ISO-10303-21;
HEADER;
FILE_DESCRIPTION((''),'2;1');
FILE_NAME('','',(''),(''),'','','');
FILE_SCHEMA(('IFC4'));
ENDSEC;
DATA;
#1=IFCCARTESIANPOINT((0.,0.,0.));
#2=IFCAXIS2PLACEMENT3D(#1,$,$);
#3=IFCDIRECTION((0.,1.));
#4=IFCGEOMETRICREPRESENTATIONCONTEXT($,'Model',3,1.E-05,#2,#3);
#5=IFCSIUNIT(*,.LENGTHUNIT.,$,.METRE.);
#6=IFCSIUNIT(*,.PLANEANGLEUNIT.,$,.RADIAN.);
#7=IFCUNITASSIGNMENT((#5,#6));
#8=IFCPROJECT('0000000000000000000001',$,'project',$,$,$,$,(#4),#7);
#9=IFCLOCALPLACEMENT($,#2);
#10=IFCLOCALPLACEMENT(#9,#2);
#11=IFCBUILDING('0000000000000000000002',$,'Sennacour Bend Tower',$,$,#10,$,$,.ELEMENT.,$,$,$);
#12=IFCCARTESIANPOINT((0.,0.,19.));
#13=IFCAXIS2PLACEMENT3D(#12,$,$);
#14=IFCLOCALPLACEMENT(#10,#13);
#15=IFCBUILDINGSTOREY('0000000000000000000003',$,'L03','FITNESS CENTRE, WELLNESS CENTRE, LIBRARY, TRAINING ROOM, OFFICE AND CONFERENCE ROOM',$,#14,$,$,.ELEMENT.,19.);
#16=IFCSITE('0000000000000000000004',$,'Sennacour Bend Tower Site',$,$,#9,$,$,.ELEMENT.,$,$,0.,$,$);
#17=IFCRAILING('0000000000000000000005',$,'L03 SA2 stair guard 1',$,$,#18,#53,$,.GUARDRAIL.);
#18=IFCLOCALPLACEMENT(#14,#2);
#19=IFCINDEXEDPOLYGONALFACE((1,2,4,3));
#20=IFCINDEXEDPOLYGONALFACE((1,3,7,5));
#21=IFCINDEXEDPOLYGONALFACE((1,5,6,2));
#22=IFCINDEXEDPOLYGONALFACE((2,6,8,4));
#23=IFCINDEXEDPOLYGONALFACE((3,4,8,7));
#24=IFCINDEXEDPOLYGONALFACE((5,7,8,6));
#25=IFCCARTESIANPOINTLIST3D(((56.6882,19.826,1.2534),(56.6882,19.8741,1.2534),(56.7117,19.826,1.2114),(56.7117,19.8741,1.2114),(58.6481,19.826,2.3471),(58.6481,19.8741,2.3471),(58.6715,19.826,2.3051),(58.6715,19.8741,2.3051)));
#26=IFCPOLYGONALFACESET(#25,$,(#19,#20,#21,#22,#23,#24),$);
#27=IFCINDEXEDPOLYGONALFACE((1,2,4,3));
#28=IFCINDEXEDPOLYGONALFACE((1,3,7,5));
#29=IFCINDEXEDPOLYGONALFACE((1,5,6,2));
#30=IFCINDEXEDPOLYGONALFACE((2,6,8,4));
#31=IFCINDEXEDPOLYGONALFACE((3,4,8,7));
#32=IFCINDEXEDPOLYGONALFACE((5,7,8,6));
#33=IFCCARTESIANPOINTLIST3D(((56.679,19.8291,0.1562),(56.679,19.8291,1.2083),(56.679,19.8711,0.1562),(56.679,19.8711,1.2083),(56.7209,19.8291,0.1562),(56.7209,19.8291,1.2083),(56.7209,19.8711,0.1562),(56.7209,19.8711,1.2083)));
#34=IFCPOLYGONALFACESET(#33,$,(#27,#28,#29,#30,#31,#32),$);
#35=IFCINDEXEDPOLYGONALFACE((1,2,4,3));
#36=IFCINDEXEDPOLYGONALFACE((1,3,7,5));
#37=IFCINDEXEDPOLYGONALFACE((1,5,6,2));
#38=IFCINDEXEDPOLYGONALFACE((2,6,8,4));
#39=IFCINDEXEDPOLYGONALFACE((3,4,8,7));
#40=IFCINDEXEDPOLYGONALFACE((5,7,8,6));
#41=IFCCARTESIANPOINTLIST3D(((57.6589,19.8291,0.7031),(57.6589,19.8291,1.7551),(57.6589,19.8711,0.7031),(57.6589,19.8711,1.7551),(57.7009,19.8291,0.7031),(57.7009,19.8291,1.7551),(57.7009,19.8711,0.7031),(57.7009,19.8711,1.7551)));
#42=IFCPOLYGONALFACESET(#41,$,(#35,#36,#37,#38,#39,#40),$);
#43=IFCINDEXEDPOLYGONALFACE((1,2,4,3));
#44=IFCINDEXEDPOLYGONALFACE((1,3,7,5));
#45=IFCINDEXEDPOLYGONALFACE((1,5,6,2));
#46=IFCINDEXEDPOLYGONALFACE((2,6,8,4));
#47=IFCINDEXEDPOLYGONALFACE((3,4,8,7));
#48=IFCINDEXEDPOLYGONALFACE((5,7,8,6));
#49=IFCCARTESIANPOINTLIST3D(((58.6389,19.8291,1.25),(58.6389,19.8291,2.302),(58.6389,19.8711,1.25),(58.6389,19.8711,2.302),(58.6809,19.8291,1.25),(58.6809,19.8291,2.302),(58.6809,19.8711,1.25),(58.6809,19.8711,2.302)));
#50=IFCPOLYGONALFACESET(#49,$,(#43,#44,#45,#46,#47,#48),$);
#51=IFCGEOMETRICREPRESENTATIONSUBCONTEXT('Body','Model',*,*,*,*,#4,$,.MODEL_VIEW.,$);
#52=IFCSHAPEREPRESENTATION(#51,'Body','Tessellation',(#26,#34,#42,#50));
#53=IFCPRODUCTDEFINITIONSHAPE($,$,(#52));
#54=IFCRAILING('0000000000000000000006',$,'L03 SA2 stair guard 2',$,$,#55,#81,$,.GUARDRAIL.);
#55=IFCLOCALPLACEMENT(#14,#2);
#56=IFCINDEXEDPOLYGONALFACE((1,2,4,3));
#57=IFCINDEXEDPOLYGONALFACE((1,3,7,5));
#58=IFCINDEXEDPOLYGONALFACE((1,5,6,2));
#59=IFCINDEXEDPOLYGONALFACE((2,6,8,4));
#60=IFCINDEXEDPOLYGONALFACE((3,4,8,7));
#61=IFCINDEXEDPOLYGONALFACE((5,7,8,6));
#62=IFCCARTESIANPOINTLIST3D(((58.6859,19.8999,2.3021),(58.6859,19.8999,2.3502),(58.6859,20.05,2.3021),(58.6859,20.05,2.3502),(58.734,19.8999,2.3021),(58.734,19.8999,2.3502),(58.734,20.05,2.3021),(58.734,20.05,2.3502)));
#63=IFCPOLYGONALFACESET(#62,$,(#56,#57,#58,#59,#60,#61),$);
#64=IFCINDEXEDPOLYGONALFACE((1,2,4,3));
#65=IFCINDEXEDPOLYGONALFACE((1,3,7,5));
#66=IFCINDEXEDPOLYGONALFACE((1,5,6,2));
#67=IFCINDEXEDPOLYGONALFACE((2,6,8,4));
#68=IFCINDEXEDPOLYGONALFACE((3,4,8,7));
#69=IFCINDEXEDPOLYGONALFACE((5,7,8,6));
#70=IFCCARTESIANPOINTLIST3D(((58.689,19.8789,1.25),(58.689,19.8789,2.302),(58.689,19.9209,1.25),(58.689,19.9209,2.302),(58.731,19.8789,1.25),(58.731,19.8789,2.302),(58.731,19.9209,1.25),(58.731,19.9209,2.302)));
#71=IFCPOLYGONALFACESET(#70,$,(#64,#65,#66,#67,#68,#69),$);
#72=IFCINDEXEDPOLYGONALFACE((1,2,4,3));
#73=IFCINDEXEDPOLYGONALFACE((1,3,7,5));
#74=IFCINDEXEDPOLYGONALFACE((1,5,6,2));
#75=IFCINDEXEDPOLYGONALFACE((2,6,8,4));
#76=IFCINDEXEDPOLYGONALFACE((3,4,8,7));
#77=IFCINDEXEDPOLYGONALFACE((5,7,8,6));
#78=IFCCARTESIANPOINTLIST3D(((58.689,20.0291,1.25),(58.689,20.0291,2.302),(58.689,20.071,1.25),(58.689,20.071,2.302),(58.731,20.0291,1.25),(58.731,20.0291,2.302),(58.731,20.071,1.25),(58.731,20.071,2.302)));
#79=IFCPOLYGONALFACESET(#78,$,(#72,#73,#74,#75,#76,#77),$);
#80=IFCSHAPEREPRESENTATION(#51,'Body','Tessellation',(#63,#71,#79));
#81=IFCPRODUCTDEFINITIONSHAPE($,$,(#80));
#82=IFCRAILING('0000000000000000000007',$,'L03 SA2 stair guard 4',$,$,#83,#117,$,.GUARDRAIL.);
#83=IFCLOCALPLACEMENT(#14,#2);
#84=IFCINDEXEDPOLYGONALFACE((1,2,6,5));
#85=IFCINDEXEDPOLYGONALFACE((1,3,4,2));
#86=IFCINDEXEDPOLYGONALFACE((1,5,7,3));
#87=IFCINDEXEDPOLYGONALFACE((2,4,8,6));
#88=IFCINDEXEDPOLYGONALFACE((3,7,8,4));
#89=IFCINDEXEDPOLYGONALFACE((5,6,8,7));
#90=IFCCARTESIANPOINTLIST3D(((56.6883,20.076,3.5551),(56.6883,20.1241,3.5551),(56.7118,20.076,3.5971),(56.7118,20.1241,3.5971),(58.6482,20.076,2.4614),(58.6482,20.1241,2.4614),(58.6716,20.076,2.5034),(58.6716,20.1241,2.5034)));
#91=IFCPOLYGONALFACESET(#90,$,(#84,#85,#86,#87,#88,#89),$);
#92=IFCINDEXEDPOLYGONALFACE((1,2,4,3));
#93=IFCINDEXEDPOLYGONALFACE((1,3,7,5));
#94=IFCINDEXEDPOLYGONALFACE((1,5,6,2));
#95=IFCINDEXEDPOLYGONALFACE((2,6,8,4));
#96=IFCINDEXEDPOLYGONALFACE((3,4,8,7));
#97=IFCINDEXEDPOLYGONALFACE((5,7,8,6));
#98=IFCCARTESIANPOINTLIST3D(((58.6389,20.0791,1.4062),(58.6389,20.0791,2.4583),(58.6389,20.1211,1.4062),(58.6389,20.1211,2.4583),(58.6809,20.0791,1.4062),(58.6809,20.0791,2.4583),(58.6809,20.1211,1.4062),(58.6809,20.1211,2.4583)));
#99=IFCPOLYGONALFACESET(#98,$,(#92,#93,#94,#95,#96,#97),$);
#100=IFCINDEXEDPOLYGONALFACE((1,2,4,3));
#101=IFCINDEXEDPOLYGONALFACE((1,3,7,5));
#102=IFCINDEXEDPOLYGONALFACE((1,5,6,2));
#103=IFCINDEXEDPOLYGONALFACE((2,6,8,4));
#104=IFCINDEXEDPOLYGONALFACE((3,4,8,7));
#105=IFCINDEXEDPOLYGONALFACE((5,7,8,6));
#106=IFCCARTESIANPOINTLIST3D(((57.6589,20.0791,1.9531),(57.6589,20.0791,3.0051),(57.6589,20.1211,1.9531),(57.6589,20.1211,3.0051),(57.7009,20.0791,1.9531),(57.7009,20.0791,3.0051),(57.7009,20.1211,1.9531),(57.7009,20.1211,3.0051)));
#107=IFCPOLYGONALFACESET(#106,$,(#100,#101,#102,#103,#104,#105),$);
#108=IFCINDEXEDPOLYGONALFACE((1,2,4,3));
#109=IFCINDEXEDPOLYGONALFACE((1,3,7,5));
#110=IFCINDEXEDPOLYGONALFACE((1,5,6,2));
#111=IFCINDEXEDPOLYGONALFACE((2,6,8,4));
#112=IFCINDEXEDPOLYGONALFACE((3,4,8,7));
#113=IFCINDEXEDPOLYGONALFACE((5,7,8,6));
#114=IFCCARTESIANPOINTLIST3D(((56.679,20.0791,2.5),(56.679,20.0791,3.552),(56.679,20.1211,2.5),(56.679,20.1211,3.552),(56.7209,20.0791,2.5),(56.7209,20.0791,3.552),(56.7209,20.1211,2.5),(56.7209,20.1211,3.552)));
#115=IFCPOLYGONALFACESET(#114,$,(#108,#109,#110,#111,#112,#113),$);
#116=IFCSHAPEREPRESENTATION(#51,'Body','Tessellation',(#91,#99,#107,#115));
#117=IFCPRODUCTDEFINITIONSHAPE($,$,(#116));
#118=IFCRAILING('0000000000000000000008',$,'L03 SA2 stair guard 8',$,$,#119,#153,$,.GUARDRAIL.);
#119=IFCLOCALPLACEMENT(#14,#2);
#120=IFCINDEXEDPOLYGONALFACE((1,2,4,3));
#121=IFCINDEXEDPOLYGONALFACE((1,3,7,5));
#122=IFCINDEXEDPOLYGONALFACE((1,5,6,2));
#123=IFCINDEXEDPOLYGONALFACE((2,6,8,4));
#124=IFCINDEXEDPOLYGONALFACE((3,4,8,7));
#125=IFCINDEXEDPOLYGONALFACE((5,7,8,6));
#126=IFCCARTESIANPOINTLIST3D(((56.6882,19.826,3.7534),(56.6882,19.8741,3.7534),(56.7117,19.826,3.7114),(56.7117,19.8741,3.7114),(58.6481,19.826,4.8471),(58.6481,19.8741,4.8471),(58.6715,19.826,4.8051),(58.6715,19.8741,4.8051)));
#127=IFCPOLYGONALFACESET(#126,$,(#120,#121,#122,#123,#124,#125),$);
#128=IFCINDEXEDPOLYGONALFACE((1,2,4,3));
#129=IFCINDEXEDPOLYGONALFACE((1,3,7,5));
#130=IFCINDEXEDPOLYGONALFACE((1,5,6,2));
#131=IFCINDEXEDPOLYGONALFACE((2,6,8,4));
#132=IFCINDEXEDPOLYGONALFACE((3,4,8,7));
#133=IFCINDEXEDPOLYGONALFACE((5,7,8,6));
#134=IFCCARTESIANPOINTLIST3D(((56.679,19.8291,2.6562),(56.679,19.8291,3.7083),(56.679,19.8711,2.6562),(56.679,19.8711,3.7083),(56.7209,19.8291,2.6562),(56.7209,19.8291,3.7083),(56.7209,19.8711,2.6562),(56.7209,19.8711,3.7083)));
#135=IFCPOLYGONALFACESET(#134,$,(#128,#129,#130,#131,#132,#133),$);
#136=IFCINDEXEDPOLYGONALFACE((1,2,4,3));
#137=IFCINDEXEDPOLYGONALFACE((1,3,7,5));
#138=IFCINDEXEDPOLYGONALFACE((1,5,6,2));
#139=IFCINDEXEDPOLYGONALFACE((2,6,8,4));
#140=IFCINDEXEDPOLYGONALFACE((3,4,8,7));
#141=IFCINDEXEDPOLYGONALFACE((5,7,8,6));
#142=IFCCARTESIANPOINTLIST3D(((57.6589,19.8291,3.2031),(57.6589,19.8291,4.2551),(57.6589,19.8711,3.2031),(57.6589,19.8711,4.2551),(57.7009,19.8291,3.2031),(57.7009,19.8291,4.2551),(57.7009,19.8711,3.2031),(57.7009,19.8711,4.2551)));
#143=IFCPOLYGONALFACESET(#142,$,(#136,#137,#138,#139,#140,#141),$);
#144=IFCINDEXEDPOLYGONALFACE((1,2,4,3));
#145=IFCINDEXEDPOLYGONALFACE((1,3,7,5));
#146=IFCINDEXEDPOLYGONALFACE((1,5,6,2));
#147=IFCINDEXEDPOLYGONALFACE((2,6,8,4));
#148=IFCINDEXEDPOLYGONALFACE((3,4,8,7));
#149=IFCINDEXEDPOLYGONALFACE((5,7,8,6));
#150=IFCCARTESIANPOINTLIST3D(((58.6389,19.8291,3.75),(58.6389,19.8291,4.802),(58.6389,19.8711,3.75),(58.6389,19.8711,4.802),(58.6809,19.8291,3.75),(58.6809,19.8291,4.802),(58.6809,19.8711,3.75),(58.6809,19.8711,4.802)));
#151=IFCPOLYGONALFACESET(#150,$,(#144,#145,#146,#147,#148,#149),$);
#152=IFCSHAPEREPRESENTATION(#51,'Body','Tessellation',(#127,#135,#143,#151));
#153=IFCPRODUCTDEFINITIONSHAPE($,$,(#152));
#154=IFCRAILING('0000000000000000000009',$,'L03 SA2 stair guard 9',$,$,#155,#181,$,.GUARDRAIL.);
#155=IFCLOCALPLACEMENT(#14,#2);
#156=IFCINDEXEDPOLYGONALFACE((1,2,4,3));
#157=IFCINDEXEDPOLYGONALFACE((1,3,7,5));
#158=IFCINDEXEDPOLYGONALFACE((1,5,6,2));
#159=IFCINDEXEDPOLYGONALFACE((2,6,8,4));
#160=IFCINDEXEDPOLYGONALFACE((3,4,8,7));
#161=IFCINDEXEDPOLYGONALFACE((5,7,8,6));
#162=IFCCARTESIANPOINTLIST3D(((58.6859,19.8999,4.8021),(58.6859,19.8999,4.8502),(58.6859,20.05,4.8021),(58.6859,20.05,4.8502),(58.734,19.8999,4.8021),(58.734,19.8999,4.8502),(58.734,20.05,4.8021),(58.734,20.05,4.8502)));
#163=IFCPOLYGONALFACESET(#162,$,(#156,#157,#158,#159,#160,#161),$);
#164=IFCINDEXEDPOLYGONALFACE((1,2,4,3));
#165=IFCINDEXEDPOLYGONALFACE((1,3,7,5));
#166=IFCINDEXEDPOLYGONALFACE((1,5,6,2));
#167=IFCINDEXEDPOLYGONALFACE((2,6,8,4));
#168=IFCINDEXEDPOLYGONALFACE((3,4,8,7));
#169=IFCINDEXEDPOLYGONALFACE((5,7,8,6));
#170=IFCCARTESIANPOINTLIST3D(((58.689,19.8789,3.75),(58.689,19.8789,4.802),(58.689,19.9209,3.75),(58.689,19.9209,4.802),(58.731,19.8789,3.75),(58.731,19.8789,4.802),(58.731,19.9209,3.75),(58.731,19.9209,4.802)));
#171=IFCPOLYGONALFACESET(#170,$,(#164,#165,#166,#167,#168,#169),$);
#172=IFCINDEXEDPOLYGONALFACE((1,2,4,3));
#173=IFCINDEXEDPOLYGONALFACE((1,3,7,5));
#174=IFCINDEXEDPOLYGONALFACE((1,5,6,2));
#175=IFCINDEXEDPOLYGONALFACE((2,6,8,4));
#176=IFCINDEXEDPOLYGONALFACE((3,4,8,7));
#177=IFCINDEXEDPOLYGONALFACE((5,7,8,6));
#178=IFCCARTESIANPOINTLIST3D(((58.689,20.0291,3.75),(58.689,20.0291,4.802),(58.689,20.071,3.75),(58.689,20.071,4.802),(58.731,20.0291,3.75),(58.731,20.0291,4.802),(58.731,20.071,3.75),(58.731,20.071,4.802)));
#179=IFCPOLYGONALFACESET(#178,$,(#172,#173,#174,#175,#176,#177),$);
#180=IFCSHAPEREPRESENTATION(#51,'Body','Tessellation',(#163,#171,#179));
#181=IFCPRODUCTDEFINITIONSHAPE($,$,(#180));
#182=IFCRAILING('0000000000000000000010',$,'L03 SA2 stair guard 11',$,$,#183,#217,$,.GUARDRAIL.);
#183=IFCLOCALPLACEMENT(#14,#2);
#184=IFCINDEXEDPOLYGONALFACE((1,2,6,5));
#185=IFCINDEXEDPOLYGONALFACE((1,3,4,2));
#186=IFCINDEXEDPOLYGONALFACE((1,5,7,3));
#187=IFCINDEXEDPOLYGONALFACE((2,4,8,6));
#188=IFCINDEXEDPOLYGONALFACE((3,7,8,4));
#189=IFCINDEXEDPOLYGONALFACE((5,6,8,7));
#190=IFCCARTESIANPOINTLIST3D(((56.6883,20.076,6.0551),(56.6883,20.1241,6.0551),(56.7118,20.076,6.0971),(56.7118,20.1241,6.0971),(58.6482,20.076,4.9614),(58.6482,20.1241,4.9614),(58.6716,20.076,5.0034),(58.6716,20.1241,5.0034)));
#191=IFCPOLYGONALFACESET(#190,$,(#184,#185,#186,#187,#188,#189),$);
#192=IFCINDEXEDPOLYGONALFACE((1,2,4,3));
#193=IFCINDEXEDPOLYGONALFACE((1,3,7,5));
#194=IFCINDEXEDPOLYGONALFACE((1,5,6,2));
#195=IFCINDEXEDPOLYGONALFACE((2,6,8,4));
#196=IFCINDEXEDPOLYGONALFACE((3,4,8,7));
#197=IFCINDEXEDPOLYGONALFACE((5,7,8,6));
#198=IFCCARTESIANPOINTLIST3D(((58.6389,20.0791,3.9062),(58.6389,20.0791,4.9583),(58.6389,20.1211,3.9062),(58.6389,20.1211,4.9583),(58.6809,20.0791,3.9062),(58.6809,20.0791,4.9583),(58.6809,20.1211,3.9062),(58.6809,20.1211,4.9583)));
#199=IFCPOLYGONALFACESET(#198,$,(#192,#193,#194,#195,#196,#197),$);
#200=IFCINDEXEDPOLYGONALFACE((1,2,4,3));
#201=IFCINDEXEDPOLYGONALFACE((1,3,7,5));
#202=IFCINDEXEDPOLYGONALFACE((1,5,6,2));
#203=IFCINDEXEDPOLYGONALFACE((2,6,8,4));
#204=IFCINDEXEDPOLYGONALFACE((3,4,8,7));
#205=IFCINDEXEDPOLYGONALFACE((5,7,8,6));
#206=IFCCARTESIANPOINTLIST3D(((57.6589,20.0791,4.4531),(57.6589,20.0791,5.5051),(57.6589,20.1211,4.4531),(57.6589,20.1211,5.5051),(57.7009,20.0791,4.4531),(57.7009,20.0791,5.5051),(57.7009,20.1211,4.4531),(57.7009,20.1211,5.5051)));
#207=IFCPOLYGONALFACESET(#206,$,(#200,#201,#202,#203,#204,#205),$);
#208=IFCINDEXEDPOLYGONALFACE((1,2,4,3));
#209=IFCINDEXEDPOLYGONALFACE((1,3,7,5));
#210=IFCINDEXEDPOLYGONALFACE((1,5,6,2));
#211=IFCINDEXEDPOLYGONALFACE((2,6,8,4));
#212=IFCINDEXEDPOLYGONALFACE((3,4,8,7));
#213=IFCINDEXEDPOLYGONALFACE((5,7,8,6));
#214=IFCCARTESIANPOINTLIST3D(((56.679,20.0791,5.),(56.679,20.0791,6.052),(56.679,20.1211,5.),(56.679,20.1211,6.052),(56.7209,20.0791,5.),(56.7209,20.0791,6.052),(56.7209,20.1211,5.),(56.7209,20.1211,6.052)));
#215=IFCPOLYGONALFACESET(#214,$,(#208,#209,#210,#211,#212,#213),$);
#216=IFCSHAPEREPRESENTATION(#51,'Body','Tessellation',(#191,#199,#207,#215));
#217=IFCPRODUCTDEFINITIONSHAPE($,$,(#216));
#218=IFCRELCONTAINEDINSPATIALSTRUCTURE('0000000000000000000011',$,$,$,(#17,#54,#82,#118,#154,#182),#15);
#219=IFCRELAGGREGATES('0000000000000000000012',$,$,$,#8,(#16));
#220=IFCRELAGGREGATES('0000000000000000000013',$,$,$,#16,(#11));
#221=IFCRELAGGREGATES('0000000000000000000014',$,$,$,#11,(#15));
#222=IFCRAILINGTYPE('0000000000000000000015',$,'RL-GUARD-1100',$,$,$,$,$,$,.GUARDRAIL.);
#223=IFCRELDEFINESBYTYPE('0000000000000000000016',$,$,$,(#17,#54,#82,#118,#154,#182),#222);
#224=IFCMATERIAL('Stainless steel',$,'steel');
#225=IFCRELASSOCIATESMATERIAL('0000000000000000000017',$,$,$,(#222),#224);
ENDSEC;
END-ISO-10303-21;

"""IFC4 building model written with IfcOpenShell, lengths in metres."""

from ifc_helpers import new_model, si_unit, direction, frame, origin, origin_2d, place, context, subcontext, project, spatial, rectangle, extrude, material, type_object, element, save


model = new_model("IFC4")

# Units and contexts
model_context = context("Model", 3, precision=1e-05, world=origin(), true_north=direction((0.0, 1.0)))
body_context = subcontext(model_context, "Body", "Model", "MODEL_VIEW")
ifc_project = project(units=[si_unit("LENGTHUNIT", "METRE"), si_unit("PLANEANGLEUNIT", "RADIAN")], contexts=[model_context])

# Site, building, storey
site_placement = place(None, origin())
site = spatial("IfcSite", under=ifc_project, at=site_placement, Name="Sennacour Bend Tower Site", CompositionType="ELEMENT", RefElevation=0.0)
building_placement = place(site_placement, origin())
building = spatial("IfcBuilding", under=site, at=building_placement, Name="Sennacour Bend Tower", CompositionType="ELEMENT")
storey_placement = place(building_placement, frame((0.0, 0.0, 19.0)))
storey = spatial("IfcBuildingStorey", under=building, at=storey_placement, Name="L03", Description="FITNESS CENTRE, WELLNESS CENTRE, LIBRARY, TRAINING ROOM, OFFICE AND CONFERENCE ROOM", CompositionType="ELEMENT", Elevation=19.0)

# Railings
ifc_material_1 = material(Name="Stainless steel", Category="steel")
railing_type_1 = type_object("IfcRailingType", Name="RL-GUARD-1100", PredefinedType="GUARDRAIL", material=ifc_material_1)
railing_1_placement = place(storey_placement, frame((56.7, 19.8501, 0.1562)))
element("IfcRailing", 1, at=railing_1_placement, inside=storey, type_object=railing_type_1, Name="L03 SA2 stair guard 1", PredefinedType="GUARDRAIL", context=body_context, shape_type="SweptSolid", body=[
    extrude(rectangle(XDim=0.0481, YDim=0.0481, at=origin_2d()), frame((0.0, 0.0, 1.0762), z_axis=(0.873232, 0.0, 0.487304), x_axis=(0.0, 1.0, 0.0)), (0.0, 0.0, 1.0), 2.2444),
    extrude(rectangle(XDim=0.042, YDim=0.042, at=origin_2d()), origin(), (0.0, 0.0, 1.0), 1.052),
    extrude(rectangle(XDim=0.042, YDim=0.042, at=origin_2d()), frame((0.98, 0.0, 0.5469)), (0.0, 0.0, 1.0), 1.052),
    extrude(rectangle(XDim=0.042, YDim=0.042, at=origin_2d()), frame((1.96, 0.0, 1.0938)), (0.0, 0.0, 1.0), 1.052),
])
railing_2_placement = place(storey_placement, frame((58.71, 19.8999, 1.25)))
element("IfcRailing", 2, at=railing_2_placement, inside=storey, type_object=railing_type_1, Name="L03 SA2 stair guard 2", PredefinedType="GUARDRAIL", context=body_context, shape_type="SweptSolid", body=[
    extrude(rectangle(XDim=0.0481, YDim=0.0481, at=origin_2d()), frame((0.0, 0.0, 1.0762), z_axis=(0.0, 1.0, 0.0), x_axis=(-1.0, 0.0, 0.0)), (0.0, 0.0, 1.0), 0.1501),
    extrude(rectangle(XDim=0.042, YDim=0.042, at=origin_2d()), origin(), (0.0, 0.0, 1.0), 1.052),
    extrude(rectangle(XDim=0.042, YDim=0.042, at=origin_2d()), frame((0.0, 0.1501, 0.0)), (0.0, 0.0, 1.0), 1.052),
])
railing_3_placement = place(storey_placement, frame((58.6599, 20.1001, 1.4062)))
element("IfcRailing", 3, at=railing_3_placement, inside=storey, type_object=railing_type_1, Name="L03 SA2 stair guard 4", PredefinedType="GUARDRAIL", context=body_context, shape_type="SweptSolid", body=[
    extrude(rectangle(XDim=0.0481, YDim=0.0481, at=origin_2d()), frame((0.0, 0.0, 1.0762), z_axis=(-0.873232, 0.0, 0.487304), x_axis=(0.0, -1.0, 0.0)), (0.0, 0.0, 1.0), 2.2444),
    extrude(rectangle(XDim=0.042, YDim=0.042, at=origin_2d()), origin(), (0.0, 0.0, 1.0), 1.052),
    extrude(rectangle(XDim=0.042, YDim=0.042, at=origin_2d()), frame((-0.98, 0.0, 0.5469)), (0.0, 0.0, 1.0), 1.052),
    extrude(rectangle(XDim=0.042, YDim=0.042, at=origin_2d()), frame((-1.96, 0.0, 1.0938)), (0.0, 0.0, 1.0), 1.052),
])
railing_4_placement = place(storey_placement, frame((56.7, 19.8501, 2.6562)))
element("IfcRailing", 4, at=railing_4_placement, inside=storey, type_object=railing_type_1, Name="L03 SA2 stair guard 8", PredefinedType="GUARDRAIL", context=body_context, shape_type="SweptSolid", body=[
    extrude(rectangle(XDim=0.0481, YDim=0.0481, at=origin_2d()), frame((0.0, 0.0, 1.0762), z_axis=(0.873232, 0.0, 0.487304), x_axis=(0.0, 1.0, 0.0)), (0.0, 0.0, 1.0), 2.2444),
    extrude(rectangle(XDim=0.042, YDim=0.042, at=origin_2d()), origin(), (0.0, 0.0, 1.0), 1.052),
    extrude(rectangle(XDim=0.042, YDim=0.042, at=origin_2d()), frame((0.98, 0.0, 0.5469)), (0.0, 0.0, 1.0), 1.052),
    extrude(rectangle(XDim=0.042, YDim=0.042, at=origin_2d()), frame((1.96, 0.0, 1.0938)), (0.0, 0.0, 1.0), 1.052),
])
railing_5_placement = place(storey_placement, frame((58.71, 19.8999, 3.75)))
element("IfcRailing", 5, at=railing_5_placement, inside=storey, type_object=railing_type_1, Name="L03 SA2 stair guard 9", PredefinedType="GUARDRAIL", context=body_context, shape_type="SweptSolid", body=[
    extrude(rectangle(XDim=0.0481, YDim=0.0481, at=origin_2d()), frame((0.0, 0.0, 1.0762), z_axis=(0.0, 1.0, 0.0), x_axis=(-1.0, 0.0, 0.0)), (0.0, 0.0, 1.0), 0.1501),
    extrude(rectangle(XDim=0.042, YDim=0.042, at=origin_2d()), origin(), (0.0, 0.0, 1.0), 1.052),
    extrude(rectangle(XDim=0.042, YDim=0.042, at=origin_2d()), frame((0.0, 0.1501, 0.0)), (0.0, 0.0, 1.0), 1.052),
])
railing_6_placement = place(storey_placement, frame((58.6599, 20.1001, 3.9062)))
element("IfcRailing", 6, at=railing_6_placement, inside=storey, type_object=railing_type_1, Name="L03 SA2 stair guard 11", PredefinedType="GUARDRAIL", context=body_context, shape_type="SweptSolid", body=[
    extrude(rectangle(XDim=0.0481, YDim=0.0481, at=origin_2d()), frame((0.0, 0.0, 1.0762), z_axis=(-0.873232, 0.0, 0.487304), x_axis=(0.0, -1.0, 0.0)), (0.0, 0.0, 1.0), 2.2444),
    extrude(rectangle(XDim=0.042, YDim=0.042, at=origin_2d()), origin(), (0.0, 0.0, 1.0), 1.052),
    extrude(rectangle(XDim=0.042, YDim=0.042, at=origin_2d()), frame((-0.98, 0.0, 0.5469)), (0.0, 0.0, 1.0), 1.052),
    extrude(rectangle(XDim=0.042, YDim=0.042, at=origin_2d()), frame((-1.96, 0.0, 1.0938)), (0.0, 0.0, 1.0), 1.052),
])

save(model, "model.ifc")
